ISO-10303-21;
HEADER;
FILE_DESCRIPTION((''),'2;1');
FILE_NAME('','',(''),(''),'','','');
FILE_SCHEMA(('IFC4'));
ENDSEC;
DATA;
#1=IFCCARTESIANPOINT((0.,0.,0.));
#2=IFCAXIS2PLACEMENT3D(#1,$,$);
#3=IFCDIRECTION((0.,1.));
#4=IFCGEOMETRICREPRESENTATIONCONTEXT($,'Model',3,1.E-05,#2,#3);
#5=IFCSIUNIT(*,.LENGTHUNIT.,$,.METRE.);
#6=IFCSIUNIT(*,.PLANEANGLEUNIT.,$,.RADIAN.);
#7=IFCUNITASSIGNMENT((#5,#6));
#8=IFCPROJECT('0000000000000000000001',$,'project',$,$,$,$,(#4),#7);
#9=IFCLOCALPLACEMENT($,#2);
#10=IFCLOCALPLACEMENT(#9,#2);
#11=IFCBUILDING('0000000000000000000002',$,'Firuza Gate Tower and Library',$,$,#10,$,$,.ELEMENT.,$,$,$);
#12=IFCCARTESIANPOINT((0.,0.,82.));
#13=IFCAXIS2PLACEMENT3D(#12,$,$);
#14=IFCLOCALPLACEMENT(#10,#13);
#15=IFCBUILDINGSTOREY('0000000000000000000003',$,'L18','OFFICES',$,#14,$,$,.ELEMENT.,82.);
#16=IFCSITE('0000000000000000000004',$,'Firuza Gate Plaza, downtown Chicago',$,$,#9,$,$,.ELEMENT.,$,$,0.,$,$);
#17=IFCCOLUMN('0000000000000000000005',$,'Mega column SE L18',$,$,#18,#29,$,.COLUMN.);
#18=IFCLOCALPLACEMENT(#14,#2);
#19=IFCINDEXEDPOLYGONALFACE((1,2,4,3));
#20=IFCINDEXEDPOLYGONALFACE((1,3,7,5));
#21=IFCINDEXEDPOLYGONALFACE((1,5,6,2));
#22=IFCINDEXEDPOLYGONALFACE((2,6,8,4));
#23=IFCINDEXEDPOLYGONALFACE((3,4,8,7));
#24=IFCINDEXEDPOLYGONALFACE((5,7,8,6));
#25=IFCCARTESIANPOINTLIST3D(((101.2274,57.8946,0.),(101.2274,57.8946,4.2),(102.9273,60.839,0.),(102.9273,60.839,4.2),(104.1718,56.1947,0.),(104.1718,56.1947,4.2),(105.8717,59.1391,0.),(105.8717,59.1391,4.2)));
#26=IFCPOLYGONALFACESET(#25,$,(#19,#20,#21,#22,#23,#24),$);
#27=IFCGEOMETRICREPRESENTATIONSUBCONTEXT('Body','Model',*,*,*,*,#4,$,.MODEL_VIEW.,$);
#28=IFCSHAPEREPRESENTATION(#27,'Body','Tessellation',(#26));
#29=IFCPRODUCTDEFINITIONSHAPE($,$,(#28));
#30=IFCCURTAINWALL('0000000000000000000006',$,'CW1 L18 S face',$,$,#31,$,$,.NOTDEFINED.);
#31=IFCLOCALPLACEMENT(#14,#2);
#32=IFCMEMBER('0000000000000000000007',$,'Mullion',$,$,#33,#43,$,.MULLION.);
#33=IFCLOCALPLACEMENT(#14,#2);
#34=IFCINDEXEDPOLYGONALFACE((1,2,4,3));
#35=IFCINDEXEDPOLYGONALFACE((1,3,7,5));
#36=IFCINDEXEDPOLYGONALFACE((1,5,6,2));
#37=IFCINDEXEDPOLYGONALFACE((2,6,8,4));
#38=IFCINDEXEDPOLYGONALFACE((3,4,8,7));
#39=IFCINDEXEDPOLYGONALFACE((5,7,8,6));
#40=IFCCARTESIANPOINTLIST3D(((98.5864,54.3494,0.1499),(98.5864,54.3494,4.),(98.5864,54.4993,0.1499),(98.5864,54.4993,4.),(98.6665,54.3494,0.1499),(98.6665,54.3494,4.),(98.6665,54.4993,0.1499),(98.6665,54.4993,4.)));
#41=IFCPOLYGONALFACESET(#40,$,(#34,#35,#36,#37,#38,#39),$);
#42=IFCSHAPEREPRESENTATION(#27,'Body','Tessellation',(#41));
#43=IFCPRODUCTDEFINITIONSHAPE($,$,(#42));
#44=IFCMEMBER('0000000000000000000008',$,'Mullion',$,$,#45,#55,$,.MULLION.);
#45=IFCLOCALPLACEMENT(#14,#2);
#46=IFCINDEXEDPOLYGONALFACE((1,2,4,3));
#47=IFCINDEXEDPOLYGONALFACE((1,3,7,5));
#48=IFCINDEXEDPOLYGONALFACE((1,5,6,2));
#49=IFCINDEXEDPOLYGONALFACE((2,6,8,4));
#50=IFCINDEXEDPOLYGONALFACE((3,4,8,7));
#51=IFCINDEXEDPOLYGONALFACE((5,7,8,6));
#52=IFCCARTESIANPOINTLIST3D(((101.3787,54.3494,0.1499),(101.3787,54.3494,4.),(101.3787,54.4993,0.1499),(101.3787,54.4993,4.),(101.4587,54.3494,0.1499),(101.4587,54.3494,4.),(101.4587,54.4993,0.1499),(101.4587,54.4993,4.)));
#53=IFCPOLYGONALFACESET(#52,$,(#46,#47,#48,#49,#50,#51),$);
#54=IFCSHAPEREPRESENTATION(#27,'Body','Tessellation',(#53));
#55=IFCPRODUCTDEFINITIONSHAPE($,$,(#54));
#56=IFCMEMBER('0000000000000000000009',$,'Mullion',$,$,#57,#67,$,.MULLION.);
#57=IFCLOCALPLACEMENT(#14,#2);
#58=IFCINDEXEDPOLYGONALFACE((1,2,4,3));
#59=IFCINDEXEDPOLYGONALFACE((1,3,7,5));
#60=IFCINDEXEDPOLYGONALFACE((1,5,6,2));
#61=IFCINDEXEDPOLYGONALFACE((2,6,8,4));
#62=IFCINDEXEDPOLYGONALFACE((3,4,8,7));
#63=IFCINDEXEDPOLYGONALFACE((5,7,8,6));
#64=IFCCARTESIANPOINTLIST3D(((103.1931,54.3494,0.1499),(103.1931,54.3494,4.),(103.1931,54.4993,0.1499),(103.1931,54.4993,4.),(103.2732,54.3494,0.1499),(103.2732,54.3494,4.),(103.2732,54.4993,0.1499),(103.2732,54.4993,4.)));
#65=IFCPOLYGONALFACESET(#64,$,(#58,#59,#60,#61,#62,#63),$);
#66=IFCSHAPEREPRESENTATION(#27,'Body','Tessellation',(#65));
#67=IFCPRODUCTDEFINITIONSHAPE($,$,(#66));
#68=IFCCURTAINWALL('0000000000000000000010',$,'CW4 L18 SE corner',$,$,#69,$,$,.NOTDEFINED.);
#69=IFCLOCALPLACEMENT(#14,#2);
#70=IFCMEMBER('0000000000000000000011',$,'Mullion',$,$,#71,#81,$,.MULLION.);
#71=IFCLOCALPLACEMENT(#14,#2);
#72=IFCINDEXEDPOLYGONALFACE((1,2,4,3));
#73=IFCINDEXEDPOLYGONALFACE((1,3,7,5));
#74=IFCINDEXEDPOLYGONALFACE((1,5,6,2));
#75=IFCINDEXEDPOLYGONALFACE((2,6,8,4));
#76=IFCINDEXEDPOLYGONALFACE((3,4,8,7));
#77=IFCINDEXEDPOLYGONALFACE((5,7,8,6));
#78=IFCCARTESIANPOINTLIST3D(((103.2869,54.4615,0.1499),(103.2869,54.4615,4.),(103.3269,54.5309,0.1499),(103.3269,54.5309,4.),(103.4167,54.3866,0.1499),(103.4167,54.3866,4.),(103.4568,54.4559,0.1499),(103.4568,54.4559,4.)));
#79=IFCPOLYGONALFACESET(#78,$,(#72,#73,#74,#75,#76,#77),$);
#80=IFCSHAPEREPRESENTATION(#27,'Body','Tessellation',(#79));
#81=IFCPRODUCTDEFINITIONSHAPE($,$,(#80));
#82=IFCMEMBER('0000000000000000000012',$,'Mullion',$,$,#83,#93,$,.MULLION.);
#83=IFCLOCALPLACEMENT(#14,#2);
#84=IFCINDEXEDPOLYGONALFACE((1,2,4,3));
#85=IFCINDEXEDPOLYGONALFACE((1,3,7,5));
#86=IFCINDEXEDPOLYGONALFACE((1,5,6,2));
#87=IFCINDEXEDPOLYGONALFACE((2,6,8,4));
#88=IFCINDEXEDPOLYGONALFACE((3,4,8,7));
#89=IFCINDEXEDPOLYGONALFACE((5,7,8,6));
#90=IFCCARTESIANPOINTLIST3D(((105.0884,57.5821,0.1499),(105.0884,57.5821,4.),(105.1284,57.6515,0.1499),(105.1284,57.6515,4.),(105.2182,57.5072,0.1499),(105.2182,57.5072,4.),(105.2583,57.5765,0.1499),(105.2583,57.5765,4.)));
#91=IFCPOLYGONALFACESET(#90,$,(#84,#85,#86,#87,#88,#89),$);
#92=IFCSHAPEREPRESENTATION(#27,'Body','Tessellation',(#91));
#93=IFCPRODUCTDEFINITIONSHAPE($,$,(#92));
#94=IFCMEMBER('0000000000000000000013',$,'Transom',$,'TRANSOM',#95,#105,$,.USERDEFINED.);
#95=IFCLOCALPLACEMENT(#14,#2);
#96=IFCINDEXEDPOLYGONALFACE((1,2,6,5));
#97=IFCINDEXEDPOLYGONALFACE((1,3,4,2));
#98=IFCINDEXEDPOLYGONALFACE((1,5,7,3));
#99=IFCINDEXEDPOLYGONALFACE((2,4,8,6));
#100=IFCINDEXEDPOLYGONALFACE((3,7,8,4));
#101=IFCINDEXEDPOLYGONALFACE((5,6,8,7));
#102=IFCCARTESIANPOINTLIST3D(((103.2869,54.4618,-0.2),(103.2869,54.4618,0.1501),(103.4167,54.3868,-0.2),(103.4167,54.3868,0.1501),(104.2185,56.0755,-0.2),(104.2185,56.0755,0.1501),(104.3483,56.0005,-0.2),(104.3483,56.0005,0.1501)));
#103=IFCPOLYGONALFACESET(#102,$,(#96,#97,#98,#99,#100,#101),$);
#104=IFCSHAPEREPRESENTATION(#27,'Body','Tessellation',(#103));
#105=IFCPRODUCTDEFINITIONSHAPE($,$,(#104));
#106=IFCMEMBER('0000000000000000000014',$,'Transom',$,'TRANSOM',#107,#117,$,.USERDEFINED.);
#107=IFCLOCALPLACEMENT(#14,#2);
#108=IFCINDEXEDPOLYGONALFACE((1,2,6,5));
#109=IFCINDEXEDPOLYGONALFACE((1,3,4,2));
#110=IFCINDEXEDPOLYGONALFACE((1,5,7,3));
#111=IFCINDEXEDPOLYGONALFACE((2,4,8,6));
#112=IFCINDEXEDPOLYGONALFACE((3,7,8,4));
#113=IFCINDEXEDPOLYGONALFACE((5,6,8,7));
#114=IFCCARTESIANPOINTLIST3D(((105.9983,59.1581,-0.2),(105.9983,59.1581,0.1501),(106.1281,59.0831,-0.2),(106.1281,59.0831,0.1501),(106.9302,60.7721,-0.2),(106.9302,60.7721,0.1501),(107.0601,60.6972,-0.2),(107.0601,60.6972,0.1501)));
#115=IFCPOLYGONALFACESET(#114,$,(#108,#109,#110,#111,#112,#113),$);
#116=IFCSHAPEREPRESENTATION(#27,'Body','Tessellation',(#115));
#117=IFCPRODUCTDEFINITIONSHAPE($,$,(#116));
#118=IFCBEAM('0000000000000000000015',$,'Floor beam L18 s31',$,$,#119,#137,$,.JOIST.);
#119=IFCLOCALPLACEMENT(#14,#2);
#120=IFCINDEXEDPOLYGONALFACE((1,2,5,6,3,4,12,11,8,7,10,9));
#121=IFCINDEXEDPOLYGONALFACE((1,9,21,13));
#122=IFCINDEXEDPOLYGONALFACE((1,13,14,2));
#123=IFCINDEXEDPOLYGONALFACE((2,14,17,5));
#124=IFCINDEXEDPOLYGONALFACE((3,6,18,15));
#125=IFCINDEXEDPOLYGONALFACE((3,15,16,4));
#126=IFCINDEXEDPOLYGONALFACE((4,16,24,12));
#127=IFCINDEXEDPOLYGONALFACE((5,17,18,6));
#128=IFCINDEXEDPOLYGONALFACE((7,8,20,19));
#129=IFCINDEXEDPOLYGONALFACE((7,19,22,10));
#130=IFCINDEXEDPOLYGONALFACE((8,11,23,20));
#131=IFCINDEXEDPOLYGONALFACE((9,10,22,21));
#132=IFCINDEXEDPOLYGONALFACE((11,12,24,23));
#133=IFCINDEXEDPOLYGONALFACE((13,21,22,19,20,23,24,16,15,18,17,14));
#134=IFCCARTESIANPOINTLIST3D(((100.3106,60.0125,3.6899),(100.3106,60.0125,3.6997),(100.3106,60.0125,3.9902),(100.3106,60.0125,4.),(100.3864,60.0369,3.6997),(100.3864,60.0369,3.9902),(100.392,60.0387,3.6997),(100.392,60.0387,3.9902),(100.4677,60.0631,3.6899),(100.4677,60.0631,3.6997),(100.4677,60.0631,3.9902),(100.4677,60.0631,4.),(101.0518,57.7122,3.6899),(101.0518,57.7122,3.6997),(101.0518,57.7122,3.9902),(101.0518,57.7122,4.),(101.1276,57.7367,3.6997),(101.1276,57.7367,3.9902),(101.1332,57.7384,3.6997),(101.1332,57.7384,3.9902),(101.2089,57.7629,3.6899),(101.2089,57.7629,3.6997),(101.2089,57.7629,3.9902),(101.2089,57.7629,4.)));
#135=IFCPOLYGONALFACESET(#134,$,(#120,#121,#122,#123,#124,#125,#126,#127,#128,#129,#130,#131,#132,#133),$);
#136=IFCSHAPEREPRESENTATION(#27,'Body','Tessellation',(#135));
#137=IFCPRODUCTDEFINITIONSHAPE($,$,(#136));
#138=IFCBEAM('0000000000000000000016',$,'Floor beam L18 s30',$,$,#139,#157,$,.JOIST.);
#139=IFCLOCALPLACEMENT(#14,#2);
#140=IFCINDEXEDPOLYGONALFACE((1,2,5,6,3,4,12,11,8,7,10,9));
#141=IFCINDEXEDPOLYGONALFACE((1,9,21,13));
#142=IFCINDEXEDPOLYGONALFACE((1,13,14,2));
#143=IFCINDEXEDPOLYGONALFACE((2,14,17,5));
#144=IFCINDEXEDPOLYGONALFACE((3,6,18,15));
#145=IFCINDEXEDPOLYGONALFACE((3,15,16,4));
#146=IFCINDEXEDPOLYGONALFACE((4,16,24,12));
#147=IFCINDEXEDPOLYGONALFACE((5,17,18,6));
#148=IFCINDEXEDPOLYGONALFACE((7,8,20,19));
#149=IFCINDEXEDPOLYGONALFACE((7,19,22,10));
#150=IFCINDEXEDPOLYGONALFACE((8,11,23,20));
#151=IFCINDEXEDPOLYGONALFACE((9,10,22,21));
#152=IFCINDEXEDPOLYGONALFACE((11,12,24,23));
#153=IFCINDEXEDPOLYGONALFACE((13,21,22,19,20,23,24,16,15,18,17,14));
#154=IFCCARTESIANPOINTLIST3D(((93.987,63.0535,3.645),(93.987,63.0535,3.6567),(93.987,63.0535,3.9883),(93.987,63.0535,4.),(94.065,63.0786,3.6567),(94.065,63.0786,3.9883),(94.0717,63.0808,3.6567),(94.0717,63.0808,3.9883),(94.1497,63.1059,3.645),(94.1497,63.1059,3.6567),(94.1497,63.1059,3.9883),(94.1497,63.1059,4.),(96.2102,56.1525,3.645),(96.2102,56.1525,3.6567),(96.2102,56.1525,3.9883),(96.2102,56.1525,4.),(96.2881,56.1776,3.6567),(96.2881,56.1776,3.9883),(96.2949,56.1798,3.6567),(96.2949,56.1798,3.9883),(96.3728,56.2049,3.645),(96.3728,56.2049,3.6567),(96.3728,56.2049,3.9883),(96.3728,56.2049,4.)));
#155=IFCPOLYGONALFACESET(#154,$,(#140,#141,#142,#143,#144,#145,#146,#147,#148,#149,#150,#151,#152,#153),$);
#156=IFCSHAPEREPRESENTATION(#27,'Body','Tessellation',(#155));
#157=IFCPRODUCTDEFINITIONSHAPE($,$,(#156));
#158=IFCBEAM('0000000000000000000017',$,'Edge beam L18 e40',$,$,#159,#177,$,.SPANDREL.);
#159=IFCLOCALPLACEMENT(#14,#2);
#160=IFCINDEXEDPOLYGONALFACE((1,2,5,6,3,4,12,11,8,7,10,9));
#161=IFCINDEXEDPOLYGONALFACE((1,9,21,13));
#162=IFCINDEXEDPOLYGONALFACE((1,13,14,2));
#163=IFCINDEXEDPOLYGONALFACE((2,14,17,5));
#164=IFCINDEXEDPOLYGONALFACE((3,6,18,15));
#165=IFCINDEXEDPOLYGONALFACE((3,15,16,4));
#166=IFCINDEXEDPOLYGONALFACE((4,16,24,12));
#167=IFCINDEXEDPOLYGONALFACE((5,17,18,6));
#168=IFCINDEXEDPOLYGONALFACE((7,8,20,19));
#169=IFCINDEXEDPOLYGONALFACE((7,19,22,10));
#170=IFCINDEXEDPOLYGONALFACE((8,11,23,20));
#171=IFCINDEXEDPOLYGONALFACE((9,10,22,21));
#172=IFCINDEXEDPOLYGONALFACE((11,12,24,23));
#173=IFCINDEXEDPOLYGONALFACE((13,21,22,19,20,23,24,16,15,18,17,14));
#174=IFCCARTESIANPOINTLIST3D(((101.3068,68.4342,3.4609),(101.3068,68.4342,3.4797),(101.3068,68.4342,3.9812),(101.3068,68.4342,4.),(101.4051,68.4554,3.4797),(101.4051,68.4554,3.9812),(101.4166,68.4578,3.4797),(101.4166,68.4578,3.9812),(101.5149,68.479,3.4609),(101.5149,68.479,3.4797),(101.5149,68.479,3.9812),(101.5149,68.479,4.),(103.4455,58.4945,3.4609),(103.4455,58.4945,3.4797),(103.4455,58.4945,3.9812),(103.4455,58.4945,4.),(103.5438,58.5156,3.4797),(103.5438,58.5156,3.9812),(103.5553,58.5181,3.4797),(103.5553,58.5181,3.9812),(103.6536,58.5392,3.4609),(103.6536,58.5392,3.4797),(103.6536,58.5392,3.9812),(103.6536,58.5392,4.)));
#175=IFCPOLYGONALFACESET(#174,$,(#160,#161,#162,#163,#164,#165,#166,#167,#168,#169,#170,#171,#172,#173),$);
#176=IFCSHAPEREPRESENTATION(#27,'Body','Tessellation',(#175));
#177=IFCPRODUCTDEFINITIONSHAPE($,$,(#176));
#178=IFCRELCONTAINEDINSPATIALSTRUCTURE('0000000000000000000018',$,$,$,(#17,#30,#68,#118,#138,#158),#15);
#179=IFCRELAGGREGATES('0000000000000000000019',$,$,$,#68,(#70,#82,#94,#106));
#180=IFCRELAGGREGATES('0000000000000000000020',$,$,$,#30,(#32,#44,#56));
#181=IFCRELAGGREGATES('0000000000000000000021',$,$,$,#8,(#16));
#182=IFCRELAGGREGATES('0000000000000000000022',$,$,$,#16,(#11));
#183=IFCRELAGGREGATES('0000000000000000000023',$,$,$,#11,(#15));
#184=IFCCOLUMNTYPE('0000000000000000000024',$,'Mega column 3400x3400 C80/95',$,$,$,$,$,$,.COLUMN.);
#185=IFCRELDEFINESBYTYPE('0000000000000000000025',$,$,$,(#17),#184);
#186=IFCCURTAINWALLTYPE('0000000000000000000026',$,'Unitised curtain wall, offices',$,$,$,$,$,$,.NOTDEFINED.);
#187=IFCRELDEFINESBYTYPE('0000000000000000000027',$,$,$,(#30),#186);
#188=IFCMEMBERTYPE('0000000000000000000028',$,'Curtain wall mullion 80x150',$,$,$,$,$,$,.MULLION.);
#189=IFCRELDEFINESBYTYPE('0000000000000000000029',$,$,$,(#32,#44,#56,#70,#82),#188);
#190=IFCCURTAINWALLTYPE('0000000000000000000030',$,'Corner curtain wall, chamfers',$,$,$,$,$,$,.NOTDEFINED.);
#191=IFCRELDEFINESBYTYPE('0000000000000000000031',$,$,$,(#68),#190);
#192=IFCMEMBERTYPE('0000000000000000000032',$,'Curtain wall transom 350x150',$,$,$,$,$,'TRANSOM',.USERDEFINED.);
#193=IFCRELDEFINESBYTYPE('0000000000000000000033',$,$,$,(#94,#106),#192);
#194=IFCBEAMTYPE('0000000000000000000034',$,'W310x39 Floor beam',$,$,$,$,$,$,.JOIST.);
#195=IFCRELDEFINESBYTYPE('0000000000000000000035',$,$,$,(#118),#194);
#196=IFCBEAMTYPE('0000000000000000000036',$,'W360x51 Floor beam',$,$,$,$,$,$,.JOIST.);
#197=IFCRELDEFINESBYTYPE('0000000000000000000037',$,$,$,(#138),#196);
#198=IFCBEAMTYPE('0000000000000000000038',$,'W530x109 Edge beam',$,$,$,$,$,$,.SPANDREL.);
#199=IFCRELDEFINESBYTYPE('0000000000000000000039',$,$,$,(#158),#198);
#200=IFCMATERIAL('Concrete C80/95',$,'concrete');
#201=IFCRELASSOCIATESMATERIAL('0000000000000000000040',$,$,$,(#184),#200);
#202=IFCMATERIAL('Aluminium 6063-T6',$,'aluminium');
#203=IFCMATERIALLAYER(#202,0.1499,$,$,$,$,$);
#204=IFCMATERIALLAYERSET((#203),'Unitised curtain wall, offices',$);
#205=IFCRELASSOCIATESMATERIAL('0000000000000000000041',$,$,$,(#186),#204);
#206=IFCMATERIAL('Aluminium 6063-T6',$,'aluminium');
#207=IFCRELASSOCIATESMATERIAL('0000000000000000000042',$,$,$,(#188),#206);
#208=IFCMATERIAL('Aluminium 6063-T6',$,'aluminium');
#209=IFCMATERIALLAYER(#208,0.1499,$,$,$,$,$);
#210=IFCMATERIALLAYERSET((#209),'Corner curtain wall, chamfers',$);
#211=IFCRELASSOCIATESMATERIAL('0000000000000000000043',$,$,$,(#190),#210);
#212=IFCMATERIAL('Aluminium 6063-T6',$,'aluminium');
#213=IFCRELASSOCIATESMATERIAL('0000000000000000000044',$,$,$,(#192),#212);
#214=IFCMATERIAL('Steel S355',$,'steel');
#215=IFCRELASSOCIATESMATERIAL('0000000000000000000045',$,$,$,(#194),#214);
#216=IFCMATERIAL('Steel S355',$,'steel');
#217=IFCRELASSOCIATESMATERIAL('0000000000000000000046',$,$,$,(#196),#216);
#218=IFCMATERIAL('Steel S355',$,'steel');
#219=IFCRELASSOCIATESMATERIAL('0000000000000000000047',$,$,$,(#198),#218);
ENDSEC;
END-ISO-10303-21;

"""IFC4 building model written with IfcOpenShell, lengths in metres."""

from ifc_helpers import new_model, si_unit, direction, frame, origin, origin_2d, place, context, subcontext, project, spatial, rectangle, i_section, extrude, material, layer, layer_set, material_profile, profile_set, type_object, element, aggregate, save


model = new_model("IFC4")

# Units and contexts
model_context = context("Model", 3, precision=1e-05, world=origin(), true_north=direction((0.0, 1.0)))
body_context = subcontext(model_context, "Body", "Model", "MODEL_VIEW")
ifc_project = project(units=[si_unit("LENGTHUNIT", "METRE"), si_unit("PLANEANGLEUNIT", "RADIAN")], contexts=[model_context])

# Site, building, storey
site_placement = place(None, origin())
site = spatial("IfcSite", under=ifc_project, at=site_placement, Name="Firuza Gate Plaza, downtown Chicago", CompositionType="ELEMENT", RefElevation=0.0)
building_placement = place(site_placement, origin())
building = spatial("IfcBuilding", under=site, at=building_placement, Name="Firuza Gate Tower and Library", CompositionType="ELEMENT")
storey_placement = place(building_placement, frame((0.0, 0.0, 82.0)))
storey = spatial("IfcBuildingStorey", under=building, at=storey_placement, Name="L18", Description="OFFICES", CompositionType="ELEMENT", Elevation=82.0)

# Column
ifc_material_1 = material(Name="Concrete C80/95", Category="concrete")
ifc_material_profile_1 = material_profile(ifc_material_1, rectangle(XDim=3.3999, YDim=3.3999, at=origin_2d()))
ifc_profile_set_1 = profile_set([ifc_material_profile_1], Name="Concrete C80/95")
column_type = type_object("IfcColumnType", Name="Mega column 3400x3400 C80/95", PredefinedType="COLUMN", material=ifc_profile_set_1)
column_placement = place(storey_placement, frame((103.5496, 58.5168, 0.0), z_axis=(0.0, 0.0, 1.0), x_axis=(0.5, 0.866025, 0.0)))
element("IfcColumn", 1, at=column_placement, inside=storey, type_object=column_type, Name="Mega column SE L18", PredefinedType="COLUMN", context=body_context, shape_type="SweptSolid", body=[
    extrude(rectangle(XDim=3.3999, YDim=3.3999, at=origin_2d()), origin(), (0.0, 0.0, 1.0), 4.2),
])

# Curtain walls, members
ifc_material_2 = material(Name="Aluminium 6063-T6", Category="aluminium")
ifc_layer_1 = layer(ifc_material_2, 0.1499)
ifc_layer_set_1 = layer_set([ifc_layer_1], Name="Unitised curtain wall, offices")
curtain_wall_type_1 = type_object("IfcCurtainWallType", Name="Unitised curtain wall, offices", PredefinedType="NOTDEFINED", material=ifc_layer_set_1)
placement = place(storey_placement, origin())
curtain_wall_1 = element("IfcCurtainWall", 2, at=placement, inside=storey, type_object=curtain_wall_type_1, Name="CW1 L18 S face", PredefinedType="NOTDEFINED")
ifc_material_3 = material(Name="Aluminium 6063-T6", Category="aluminium")
ifc_material_profile_2 = material_profile(ifc_material_3, rectangle(XDim=0.1499, YDim=0.0801, at=origin_2d()))
ifc_profile_set_2 = profile_set([ifc_material_profile_2], Name="Aluminium 6063-T6")
member_type_1 = type_object("IfcMemberType", Name="Curtain wall mullion 80x150", PredefinedType="MULLION", material=ifc_profile_set_2)
member_1_placement = place(storey_placement, frame((98.6265, 54.4243, 0.1499), z_axis=(0.0, 0.0, 1.0), x_axis=(0.0, 1.0, 0.0)))
member_1 = element("IfcMember", 3, at=member_1_placement, type_object=member_type_1, Name="Mullion", PredefinedType="MULLION", context=body_context, shape_type="SweptSolid", body=[
    extrude(rectangle(XDim=0.1499, YDim=0.0801, at=origin_2d()), origin(), (0.0, 0.0, 1.0), 3.8501),
])
member_2_placement = place(storey_placement, frame((101.4187, 54.4243, 0.1499), z_axis=(0.0, 0.0, 1.0), x_axis=(0.0, 1.0, 0.0)))
member_2 = element("IfcMember", 4, at=member_2_placement, type_object=member_type_1, Name="Mullion", PredefinedType="MULLION", context=body_context, shape_type="SweptSolid", body=[
    extrude(rectangle(XDim=0.1499, YDim=0.0801, at=origin_2d()), origin(), (0.0, 0.0, 1.0), 3.8501),
])
member_3_placement = place(storey_placement, frame((103.2332, 54.4243, 0.1499), z_axis=(0.0, 0.0, 1.0), x_axis=(0.0, 1.0, 0.0)))
member_3 = element("IfcMember", 5, at=member_3_placement, type_object=member_type_1, Name="Mullion", PredefinedType="MULLION", context=body_context, shape_type="SweptSolid", body=[
    extrude(rectangle(XDim=0.1499, YDim=0.0801, at=origin_2d()), origin(), (0.0, 0.0, 1.0), 3.8501),
])
ifc_material_4 = material(Name="Aluminium 6063-T6", Category="aluminium")
ifc_layer_2 = layer(ifc_material_4, 0.1499)
ifc_layer_set_2 = layer_set([ifc_layer_2], Name="Corner curtain wall, chamfers")
curtain_wall_type_2 = type_object("IfcCurtainWallType", Name="Corner curtain wall, chamfers", PredefinedType="NOTDEFINED", material=ifc_layer_set_2)
curtain_wall_2 = element("IfcCurtainWall", 6, at=placement, inside=storey, type_object=curtain_wall_type_2, Name="CW4 L18 SE corner", PredefinedType="NOTDEFINED")
member_4_placement = place(storey_placement, frame((103.3718, 54.4587, 0.1499), z_axis=(0.0, 0.0, 1.0), x_axis=(-0.866025, 0.5, 0.0)))
member_4 = element("IfcMember", 7, at=member_4_placement, type_object=member_type_1, Name="Mullion", PredefinedType="MULLION", context=body_context, shape_type="SweptSolid", body=[
    extrude(rectangle(XDim=0.1499, YDim=0.0801, at=origin_2d()), origin(), (0.0, 0.0, 1.0), 3.8501),
])
member_5_placement = place(storey_placement, frame((105.1733, 57.5793, 0.1499), z_axis=(0.0, 0.0, 1.0), x_axis=(-0.866025, 0.5, 0.0)))
member_5 = element("IfcMember", 8, at=member_5_placement, type_object=member_type_1, Name="Mullion", PredefinedType="MULLION", context=body_context, shape_type="SweptSolid", body=[
    extrude(rectangle(XDim=0.1499, YDim=0.0801, at=origin_2d()), origin(), (0.0, 0.0, 1.0), 3.8501),
])
ifc_material_5 = material(Name="Aluminium 6063-T6", Category="aluminium")
ifc_material_profile_3 = material_profile(ifc_material_5, rectangle(XDim=0.1499, YDim=0.3501, at=origin_2d()))
ifc_profile_set_3 = profile_set([ifc_material_profile_3], Name="Aluminium 6063-T6")
member_type_2 = type_object("IfcMemberType", Name="Curtain wall transom 350x150", ElementType="TRANSOM", PredefinedType="USERDEFINED", material=ifc_profile_set_3)
member_6_placement = place(storey_placement, frame((103.3518, 54.4243, -0.0249), z_axis=(0.499972, 0.866042, 0.0), x_axis=(-0.866042, 0.499972, 0.0)))
member_6 = element("IfcMember", 9, at=member_6_placement, type_object=member_type_2, Name="Transom", ObjectType="TRANSOM", PredefinedType="USERDEFINED", context=body_context, shape_type="SweptSolid", body=[
    extrude(rectangle(XDim=0.1499, YDim=0.3501, at=origin_2d()), origin(), (0.0, 0.0, 1.0), 1.8633),
])
member_7_placement = place(storey_placement, frame((106.0632, 59.1206, -0.0249), z_axis=(0.500013, 0.866018, 0.0), x_axis=(-0.866018, 0.500013, 0.0)))
member_7 = element("IfcMember", 10, at=member_7_placement, type_object=member_type_2, Name="Transom", ObjectType="TRANSOM", PredefinedType="USERDEFINED", context=body_context, shape_type="SweptSolid", body=[
    extrude(rectangle(XDim=0.1499, YDim=0.3501, at=origin_2d()), origin(), (0.0, 0.0, 1.0), 1.8638),
])

# Beams
ifc_material_6 = material(Name="Steel S355", Category="steel")
ifc_material_profile_4 = material_profile(ifc_material_6, i_section(OverallWidth=0.165, OverallDepth=0.3101, WebThickness=0.0059, FlangeThickness=0.0098, at=origin_2d()))
ifc_profile_set_4 = profile_set([ifc_material_profile_4], Name="Steel S355")
beam_type_1 = type_object("IfcBeamType", Name="W310x39 Floor beam", PredefinedType="JOIST", material=ifc_profile_set_4)
beam_1_placement = place(storey_placement, frame((101.1304, 57.7375, 3.845), z_axis=(-0.306696, 0.951808, 0.0), x_axis=(-0.951808, -0.306696, 0.0)))
element("IfcBeam", 11, at=beam_1_placement, inside=storey, type_object=beam_type_1, Name="Floor beam L18 s31", PredefinedType="JOIST", context=body_context, shape_type="SweptSolid", body=[
    extrude(i_section(OverallWidth=0.165, OverallDepth=0.3101, WebThickness=0.0059, FlangeThickness=0.0098, at=origin_2d()), origin(), (0.0, 0.0, 1.0), 2.4167),
])
ifc_material_7 = material(Name="Steel S355", Category="steel")
ifc_material_profile_5 = material_profile(ifc_material_7, i_section(OverallWidth=0.1709, OverallDepth=0.355, WebThickness=0.0071, FlangeThickness=0.0117, at=origin_2d()))
ifc_profile_set_5 = profile_set([ifc_material_profile_5], Name="Steel S355")
beam_type_2 = type_object("IfcBeamType", Name="W360x51 Floor beam", PredefinedType="JOIST", material=ifc_profile_set_5)
beam_2_placement = place(storey_placement, frame((96.2915, 56.1787, 3.8225), z_axis=(-0.306635, 0.951827, 0.0), x_axis=(-0.951827, -0.306635, 0.0)))
element("IfcBeam", 12, at=beam_2_placement, inside=storey, type_object=beam_type_2, Name="Floor beam L18 s30", PredefinedType="JOIST", context=body_context, shape_type="SweptSolid", body=[
    extrude(i_section(OverallWidth=0.1709, OverallDepth=0.355, WebThickness=0.0071, FlangeThickness=0.0117, at=origin_2d()), origin(), (0.0, 0.0, 1.0), 7.2502),
])
ifc_material_8 = material(Name="Steel S355", Category="steel")
ifc_material_profile_6 = material_profile(ifc_material_8, i_section(OverallWidth=0.2129, OverallDepth=0.5391, WebThickness=0.0117, FlangeThickness=0.0188, at=origin_2d()))
ifc_profile_set_6 = profile_set([ifc_material_profile_6], Name="Steel S355")
beam_type_3 = type_object("IfcBeamType", Name="W530x109 Edge beam", PredefinedType="SPANDREL", material=ifc_profile_set_6)
beam_3_placement = place(storey_placement, frame((103.5496, 58.5168, 3.7305), z_axis=(-0.210351, 0.977626, 0.0), x_axis=(-0.977626, -0.210351, 0.0)))
element("IfcBeam", 13, at=beam_3_placement, inside=storey, type_object=beam_type_3, Name="Edge beam L18 e40", PredefinedType="SPANDREL", context=body_context, shape_type="SweptSolid", body=[
    extrude(i_section(OverallWidth=0.2129, OverallDepth=0.5391, WebThickness=0.0117, FlangeThickness=0.0188, at=origin_2d()), origin(), (0.0, 0.0, 1.0), 10.1672),
])

aggregate(curtain_wall_2, [member_4, member_5, member_6, member_7])
aggregate(curtain_wall_1, [member_1, member_2, member_3])

save(model, "model.ifc")
